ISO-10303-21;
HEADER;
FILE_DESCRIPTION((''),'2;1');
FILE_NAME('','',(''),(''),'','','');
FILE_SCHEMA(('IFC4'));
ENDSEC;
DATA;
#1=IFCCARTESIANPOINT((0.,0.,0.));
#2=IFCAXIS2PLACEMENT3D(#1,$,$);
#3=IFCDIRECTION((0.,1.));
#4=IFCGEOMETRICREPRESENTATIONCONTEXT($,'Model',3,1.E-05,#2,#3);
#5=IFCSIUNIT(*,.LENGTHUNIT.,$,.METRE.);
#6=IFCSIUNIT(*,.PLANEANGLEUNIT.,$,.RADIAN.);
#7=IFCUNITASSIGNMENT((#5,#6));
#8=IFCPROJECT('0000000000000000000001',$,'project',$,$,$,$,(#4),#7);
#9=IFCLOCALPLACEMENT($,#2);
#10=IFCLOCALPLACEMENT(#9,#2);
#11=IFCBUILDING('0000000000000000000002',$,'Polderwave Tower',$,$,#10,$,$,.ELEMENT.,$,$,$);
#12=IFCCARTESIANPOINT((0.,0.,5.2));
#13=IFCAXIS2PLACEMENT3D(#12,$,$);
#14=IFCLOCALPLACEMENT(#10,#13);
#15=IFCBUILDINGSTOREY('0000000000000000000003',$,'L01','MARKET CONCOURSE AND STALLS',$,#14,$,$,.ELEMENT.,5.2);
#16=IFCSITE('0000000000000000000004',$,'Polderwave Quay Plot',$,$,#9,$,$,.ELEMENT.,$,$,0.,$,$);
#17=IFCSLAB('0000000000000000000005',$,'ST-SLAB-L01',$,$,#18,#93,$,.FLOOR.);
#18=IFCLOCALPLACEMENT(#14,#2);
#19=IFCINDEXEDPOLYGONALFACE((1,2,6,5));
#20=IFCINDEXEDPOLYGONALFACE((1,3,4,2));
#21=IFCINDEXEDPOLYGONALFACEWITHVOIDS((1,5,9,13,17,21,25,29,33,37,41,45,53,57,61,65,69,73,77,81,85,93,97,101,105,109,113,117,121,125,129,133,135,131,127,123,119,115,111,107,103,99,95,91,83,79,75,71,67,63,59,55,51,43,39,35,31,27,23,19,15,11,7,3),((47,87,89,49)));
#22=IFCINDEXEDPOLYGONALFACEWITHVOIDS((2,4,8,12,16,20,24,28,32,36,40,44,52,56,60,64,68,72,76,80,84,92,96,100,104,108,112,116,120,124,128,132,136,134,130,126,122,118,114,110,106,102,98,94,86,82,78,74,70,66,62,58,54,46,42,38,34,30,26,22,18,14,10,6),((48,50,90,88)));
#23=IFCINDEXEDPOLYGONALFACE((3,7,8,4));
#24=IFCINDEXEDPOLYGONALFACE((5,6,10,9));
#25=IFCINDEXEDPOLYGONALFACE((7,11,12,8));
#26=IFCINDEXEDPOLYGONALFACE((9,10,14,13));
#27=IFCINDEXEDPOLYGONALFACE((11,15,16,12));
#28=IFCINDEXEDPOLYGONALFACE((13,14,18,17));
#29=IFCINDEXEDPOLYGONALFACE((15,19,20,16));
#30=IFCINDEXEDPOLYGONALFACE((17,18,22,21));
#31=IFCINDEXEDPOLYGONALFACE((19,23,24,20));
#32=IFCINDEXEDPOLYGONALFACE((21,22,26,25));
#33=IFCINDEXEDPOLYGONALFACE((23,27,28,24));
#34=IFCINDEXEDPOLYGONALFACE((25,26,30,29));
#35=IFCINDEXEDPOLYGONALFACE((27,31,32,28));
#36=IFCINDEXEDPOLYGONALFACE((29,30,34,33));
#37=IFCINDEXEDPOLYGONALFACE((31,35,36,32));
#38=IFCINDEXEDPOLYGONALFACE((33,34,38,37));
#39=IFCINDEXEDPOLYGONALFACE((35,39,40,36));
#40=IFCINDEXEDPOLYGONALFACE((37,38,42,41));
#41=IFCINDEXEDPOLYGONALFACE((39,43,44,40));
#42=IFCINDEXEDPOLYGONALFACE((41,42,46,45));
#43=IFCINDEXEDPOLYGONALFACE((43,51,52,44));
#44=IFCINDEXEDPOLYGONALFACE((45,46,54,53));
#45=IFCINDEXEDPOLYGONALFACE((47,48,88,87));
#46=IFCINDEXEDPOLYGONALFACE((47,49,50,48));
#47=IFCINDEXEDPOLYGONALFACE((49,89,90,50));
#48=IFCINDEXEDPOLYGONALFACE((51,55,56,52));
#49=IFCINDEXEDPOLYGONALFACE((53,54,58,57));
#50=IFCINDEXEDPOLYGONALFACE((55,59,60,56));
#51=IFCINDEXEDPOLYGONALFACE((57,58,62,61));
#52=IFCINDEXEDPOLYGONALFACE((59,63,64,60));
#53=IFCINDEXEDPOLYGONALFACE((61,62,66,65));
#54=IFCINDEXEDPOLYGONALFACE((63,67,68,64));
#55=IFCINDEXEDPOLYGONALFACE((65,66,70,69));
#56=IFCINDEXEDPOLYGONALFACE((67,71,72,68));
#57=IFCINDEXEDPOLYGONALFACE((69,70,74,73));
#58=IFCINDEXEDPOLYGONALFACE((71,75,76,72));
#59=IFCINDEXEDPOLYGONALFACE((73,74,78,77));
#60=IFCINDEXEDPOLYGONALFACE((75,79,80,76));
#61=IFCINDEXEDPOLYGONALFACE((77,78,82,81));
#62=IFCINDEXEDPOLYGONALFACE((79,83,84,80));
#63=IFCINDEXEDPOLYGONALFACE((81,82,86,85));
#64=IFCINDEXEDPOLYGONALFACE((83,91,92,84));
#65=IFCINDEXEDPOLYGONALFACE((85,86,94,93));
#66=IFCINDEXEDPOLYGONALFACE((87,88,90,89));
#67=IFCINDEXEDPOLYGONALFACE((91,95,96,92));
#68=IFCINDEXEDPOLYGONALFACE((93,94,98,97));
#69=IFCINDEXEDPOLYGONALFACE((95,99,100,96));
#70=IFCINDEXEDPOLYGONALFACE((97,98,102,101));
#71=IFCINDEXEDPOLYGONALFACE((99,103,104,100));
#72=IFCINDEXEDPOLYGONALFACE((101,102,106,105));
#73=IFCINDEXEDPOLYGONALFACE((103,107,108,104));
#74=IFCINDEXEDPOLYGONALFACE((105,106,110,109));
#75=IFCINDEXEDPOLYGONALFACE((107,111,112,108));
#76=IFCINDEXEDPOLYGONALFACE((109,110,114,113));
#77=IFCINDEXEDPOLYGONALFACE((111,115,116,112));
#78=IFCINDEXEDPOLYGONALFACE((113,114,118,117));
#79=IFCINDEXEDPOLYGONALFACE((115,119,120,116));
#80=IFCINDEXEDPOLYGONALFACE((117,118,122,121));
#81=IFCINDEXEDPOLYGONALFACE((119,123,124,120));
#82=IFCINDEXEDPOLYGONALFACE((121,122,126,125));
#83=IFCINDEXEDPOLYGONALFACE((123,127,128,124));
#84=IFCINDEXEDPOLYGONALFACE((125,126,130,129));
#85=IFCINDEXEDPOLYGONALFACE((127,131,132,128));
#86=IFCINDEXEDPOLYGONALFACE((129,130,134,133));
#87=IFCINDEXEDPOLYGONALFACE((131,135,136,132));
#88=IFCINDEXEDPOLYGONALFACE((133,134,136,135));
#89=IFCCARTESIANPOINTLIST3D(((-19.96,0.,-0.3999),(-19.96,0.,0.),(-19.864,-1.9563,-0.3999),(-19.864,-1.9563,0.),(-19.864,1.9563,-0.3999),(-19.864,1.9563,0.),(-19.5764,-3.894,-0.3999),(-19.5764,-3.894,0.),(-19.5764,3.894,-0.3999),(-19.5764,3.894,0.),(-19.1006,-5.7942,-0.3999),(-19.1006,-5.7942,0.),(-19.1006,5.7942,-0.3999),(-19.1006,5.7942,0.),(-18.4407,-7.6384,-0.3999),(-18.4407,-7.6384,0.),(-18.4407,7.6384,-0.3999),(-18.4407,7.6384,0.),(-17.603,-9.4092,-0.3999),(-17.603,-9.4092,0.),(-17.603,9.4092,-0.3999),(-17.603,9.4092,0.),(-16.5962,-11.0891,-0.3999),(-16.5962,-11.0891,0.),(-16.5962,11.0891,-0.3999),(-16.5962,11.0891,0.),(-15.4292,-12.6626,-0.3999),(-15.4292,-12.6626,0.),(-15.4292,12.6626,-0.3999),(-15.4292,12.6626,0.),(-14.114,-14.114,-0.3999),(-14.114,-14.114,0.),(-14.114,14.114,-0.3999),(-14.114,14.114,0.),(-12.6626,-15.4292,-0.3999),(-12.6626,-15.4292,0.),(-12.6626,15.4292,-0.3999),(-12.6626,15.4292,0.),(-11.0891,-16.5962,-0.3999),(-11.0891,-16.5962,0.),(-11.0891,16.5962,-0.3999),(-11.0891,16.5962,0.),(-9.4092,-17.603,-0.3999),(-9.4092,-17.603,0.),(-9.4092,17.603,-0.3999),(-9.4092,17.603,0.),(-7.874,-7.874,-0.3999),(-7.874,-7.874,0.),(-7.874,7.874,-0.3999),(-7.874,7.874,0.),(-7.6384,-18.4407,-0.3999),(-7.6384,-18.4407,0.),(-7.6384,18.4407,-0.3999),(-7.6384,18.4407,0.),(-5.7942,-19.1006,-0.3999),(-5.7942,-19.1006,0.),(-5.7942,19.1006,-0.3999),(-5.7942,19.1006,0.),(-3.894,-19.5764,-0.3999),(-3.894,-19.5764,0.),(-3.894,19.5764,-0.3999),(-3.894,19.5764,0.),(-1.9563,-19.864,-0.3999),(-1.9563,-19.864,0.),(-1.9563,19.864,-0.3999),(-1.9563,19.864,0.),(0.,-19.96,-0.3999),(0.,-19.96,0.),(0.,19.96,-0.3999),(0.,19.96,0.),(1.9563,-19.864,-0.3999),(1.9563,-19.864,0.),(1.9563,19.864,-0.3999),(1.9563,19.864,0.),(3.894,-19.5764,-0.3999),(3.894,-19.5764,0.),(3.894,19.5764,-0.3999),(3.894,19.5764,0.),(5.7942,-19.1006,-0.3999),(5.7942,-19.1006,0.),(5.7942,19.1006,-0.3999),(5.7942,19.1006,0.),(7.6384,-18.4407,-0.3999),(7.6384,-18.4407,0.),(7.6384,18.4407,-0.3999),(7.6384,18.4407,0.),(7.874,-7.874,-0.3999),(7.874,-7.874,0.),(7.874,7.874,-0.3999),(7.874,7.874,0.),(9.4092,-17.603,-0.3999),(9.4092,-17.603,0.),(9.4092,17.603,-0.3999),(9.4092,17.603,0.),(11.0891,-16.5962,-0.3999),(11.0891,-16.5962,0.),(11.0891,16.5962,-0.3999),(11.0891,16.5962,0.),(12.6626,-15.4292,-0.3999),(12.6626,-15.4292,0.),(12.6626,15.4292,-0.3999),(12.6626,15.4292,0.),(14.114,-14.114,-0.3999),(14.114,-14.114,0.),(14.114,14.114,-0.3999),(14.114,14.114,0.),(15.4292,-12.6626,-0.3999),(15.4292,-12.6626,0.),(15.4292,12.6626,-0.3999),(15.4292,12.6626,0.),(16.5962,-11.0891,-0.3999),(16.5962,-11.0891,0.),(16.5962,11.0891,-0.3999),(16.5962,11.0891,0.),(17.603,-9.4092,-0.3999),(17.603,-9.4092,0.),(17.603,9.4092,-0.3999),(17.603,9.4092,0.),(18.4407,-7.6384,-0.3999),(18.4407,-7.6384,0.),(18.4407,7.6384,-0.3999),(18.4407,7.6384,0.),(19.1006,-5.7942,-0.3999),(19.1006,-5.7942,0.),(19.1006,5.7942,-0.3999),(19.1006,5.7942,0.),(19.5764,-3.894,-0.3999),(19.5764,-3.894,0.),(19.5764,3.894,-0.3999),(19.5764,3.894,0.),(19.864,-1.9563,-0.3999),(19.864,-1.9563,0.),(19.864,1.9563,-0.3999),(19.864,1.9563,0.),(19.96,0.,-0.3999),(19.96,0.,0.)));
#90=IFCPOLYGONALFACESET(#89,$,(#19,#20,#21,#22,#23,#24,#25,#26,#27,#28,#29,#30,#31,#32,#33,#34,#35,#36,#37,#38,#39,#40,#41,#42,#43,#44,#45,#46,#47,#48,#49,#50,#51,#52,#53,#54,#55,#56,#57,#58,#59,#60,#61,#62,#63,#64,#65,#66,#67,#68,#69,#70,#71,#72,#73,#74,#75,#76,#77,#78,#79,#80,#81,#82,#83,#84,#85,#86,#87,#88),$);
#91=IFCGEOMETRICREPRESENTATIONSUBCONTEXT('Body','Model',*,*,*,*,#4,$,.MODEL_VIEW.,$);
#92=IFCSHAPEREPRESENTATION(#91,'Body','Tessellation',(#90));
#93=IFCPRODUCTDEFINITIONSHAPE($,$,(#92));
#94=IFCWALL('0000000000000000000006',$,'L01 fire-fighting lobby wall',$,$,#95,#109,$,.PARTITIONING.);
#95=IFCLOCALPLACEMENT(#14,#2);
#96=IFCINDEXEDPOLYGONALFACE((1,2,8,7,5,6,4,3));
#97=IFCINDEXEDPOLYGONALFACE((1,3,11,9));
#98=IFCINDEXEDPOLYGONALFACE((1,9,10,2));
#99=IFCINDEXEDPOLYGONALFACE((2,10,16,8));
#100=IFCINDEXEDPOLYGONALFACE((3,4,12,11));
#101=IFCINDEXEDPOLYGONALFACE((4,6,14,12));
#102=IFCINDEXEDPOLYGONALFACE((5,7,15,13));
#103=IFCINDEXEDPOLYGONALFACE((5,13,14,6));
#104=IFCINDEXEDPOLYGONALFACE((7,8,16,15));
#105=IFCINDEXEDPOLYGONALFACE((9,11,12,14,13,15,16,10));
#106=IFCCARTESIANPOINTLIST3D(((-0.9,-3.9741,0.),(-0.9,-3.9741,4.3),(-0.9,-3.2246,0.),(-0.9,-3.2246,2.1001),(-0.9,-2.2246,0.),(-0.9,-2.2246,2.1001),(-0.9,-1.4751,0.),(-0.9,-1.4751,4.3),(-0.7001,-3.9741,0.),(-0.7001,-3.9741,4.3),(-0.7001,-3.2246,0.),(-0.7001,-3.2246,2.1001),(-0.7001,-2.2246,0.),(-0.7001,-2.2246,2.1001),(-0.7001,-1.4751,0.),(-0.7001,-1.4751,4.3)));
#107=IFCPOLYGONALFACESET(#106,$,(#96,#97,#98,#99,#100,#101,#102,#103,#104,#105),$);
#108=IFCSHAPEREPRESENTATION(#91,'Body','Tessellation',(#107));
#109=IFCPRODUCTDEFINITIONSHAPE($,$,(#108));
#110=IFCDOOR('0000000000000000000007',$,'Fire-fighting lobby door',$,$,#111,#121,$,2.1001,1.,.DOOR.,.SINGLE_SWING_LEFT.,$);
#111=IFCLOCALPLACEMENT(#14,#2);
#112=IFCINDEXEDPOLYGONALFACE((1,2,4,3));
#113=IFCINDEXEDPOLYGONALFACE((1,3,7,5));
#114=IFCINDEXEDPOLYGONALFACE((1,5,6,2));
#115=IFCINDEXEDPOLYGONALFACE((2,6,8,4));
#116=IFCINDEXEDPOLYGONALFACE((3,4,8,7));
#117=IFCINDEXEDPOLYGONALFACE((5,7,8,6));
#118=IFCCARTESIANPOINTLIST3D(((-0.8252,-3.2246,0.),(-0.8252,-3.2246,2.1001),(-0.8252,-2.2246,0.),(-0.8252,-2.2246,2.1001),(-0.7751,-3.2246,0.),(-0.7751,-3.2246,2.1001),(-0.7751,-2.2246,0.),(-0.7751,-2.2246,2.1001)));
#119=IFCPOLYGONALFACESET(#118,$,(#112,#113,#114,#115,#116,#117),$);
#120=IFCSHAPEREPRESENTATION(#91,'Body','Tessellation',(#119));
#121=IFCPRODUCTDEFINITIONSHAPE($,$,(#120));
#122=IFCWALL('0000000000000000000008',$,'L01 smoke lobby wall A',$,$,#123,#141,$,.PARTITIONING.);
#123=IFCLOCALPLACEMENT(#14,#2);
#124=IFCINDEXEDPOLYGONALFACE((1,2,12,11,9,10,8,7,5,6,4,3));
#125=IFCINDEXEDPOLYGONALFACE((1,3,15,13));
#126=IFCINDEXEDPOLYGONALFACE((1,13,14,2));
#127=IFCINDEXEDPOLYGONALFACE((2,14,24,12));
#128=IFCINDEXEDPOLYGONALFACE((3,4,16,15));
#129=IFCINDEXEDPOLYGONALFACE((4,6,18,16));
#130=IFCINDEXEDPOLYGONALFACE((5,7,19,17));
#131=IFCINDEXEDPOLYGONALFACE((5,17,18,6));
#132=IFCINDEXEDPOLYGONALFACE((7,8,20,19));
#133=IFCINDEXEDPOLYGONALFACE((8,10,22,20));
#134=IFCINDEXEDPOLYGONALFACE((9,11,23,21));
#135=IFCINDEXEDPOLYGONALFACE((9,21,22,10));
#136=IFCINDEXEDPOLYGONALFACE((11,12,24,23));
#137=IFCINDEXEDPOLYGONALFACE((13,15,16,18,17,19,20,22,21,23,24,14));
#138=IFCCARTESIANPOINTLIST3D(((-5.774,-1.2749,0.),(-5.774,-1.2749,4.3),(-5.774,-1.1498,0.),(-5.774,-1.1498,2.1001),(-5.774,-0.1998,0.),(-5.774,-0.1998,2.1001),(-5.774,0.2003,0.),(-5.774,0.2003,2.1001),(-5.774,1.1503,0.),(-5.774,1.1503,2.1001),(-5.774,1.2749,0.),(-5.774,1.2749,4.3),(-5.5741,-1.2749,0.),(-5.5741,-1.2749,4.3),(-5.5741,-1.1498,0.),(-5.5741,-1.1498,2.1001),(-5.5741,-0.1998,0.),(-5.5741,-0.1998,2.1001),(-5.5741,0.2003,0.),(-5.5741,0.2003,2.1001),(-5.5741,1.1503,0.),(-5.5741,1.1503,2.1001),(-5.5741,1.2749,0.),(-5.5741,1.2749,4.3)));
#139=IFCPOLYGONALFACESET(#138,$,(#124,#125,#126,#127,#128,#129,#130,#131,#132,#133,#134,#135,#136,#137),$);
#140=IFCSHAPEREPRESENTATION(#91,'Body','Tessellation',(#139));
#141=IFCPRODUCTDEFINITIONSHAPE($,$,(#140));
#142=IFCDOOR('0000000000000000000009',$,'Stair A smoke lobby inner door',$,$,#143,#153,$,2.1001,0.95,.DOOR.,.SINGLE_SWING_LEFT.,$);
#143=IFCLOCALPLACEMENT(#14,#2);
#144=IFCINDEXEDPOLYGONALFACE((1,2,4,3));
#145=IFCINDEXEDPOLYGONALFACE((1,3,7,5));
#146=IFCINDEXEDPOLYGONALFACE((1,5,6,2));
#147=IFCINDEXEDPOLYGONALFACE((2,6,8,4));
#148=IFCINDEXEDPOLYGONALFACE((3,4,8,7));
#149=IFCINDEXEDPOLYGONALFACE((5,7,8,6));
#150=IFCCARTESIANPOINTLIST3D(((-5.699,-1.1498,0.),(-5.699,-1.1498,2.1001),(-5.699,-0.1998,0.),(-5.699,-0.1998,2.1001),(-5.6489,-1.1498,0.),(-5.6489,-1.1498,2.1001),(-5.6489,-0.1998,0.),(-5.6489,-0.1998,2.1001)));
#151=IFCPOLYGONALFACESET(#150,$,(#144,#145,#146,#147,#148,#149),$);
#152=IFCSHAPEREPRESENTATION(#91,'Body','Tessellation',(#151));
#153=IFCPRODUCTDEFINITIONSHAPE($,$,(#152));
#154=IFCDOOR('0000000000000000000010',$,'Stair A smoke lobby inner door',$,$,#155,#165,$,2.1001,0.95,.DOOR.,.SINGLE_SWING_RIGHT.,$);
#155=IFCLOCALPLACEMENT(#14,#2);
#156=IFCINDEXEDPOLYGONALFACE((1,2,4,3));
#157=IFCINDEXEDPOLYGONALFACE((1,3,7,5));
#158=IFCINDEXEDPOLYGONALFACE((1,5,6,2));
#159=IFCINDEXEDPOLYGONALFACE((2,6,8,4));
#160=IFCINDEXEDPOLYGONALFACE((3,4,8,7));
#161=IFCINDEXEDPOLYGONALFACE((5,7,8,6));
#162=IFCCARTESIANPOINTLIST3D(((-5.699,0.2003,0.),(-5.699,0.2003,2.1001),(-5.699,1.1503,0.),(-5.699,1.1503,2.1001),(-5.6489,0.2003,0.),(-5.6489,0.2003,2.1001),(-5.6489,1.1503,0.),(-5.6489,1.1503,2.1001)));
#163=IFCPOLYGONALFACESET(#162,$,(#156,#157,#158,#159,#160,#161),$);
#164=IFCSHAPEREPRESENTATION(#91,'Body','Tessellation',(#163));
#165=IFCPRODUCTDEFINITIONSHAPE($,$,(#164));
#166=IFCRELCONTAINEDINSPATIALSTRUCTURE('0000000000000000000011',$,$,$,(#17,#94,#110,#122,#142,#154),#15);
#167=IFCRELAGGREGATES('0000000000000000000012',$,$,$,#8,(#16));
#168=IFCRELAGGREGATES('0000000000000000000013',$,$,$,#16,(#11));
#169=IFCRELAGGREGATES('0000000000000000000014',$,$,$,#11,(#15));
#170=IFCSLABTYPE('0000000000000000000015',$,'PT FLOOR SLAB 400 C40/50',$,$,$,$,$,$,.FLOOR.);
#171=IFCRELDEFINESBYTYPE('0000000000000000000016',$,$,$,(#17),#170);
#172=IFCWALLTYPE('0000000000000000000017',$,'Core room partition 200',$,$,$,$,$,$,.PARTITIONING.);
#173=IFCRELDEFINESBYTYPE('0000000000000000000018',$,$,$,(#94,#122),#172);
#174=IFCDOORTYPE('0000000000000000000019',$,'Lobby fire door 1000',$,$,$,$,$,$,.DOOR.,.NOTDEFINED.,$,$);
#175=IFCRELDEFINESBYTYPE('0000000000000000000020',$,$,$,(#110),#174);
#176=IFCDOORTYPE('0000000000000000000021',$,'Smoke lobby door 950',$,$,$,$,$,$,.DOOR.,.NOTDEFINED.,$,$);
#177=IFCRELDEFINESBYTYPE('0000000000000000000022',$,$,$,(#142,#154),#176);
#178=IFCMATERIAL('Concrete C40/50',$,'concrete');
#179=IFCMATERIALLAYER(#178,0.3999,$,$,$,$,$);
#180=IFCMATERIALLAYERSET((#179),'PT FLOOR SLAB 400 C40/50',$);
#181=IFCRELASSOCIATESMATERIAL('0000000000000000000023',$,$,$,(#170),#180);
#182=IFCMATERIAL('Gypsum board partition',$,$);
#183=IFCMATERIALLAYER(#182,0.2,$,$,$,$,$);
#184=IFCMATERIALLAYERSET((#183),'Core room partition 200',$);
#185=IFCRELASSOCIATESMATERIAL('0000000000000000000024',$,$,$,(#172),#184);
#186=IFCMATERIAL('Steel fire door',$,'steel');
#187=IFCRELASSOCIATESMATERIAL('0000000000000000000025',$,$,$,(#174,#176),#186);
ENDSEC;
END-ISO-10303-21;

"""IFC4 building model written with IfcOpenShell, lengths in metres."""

from ifc_helpers import new_model, si_unit, direction, frame, frame_2d, origin, place, context, subcontext, project, spatial, polyline, rectangle, outline, extrude, material, layer, layer_set, type_object, element, fill, save


model = new_model("IFC4")

# Units and contexts
model_context = context("Model", 3, precision=1e-05, world=origin(), true_north=direction((0.0, 1.0)))
body_context = subcontext(model_context, "Body", "Model", "MODEL_VIEW")
ifc_project = project(units=[si_unit("LENGTHUNIT", "METRE"), si_unit("PLANEANGLEUNIT", "RADIAN")], contexts=[model_context])

# Site, building, storey
site_placement = place(None, origin())
site = spatial("IfcSite", under=ifc_project, at=site_placement, Name="Polderwave Quay Plot", CompositionType="ELEMENT", RefElevation=0.0)
building_placement = place(site_placement, origin())
building = spatial("IfcBuilding", under=site, at=building_placement, Name="Polderwave Tower", CompositionType="ELEMENT")
storey_placement = place(building_placement, frame((0.0, 0.0, 5.2)))
storey = spatial("IfcBuildingStorey", under=building, at=storey_placement, Name="L01", Description="MARKET CONCOURSE AND STALLS", CompositionType="ELEMENT", Elevation=5.2)

# Slab
ifc_material_1 = material(Name="Concrete C40/50", Category="concrete")
ifc_layer_1 = layer(ifc_material_1, 0.3999)
ifc_layer_set_1 = layer_set([ifc_layer_1], Name="PT FLOOR SLAB 400 C40/50")
slab_type = type_object("IfcSlabType", Name="PT FLOOR SLAB 400 C40/50", PredefinedType="FLOOR", material=ifc_layer_set_1)
slab_placement = place(storey_placement, frame((0.0, 0.0, -0.3999)))
element("IfcSlab", 1, at=slab_placement, inside=storey, type_object=slab_type, Name="ST-SLAB-L01", PredefinedType="FLOOR", context=body_context, shape_type="SweptSolid", body=[
    extrude(outline(polyline([(19.96, 0.0), (19.864, 1.9563), (19.5764, 3.894), (19.1006, 5.7942), (18.4407, 7.6384), (17.603, 9.4092), (16.5962, 11.0891), (15.4292, 12.6626), (14.114, 14.114), (12.6626, 15.4292), (11.0891, 16.5962), (9.4092, 17.603), (7.6384, 18.4407), (5.7942, 19.1006), (3.894, 19.5764), (1.9563, 19.864), (0.0, 19.96), (-1.9563, 19.864), (-3.894, 19.5764), (-5.7942, 19.1006), (-7.6384, 18.4407), (-9.4092, 17.603), (-11.0891, 16.5962), (-12.6626, 15.4292), (-14.114, 14.114), (-15.4292, 12.6626), (-16.5962, 11.0891), (-17.603, 9.4092), (-18.4407, 7.6384), (-19.1006, 5.7942), (-19.5764, 3.894), (-19.864, 1.9563), (-19.96, 0.0), (-19.864, -1.9563), (-19.5764, -3.894), (-19.1006, -5.7942), (-18.4407, -7.6384), (-17.603, -9.4092), (-16.5962, -11.0891), (-15.4292, -12.6626), (-14.114, -14.114), (-12.6626, -15.4292), (-11.0891, -16.5962), (-9.4092, -17.603), (-7.6384, -18.4407), (-5.7942, -19.1006), (-3.894, -19.5764), (-1.9563, -19.864), (0.0, -19.96), (1.9563, -19.864), (3.894, -19.5764), (5.7942, -19.1006), (7.6384, -18.4407), (9.4092, -17.603), (11.0891, -16.5962), (12.6626, -15.4292), (14.114, -14.114), (15.4292, -12.6626), (16.5962, -11.0891), (17.603, -9.4092), (18.4407, -7.6384), (19.1006, -5.7942), (19.5764, -3.894), (19.864, -1.9563), (19.96, 0.0)]), holes=[polyline([(-7.874, -7.874), (7.874, -7.874), (7.874, 7.874), (-7.874, 7.874), (-7.874, -7.874)])]), origin(), (0.0, 0.0, 1.0), 0.3999),
])

# Wall, opening, door
ifc_material_2 = material(Name="Gypsum board partition")
ifc_layer_2 = layer(ifc_material_2, 0.2)
ifc_layer_set_2 = layer_set([ifc_layer_2], Name="Core room partition 200")
wall_type_1 = type_object("IfcWallType", Name="Core room partition 200", PredefinedType="PARTITIONING", material=ifc_layer_set_2)
wall_1_placement = place(storey_placement, frame((-0.8, -3.9741, 0.0), z_axis=(0.0, 0.0, 1.0), x_axis=(0.0, 1.0, 0.0)))
wall_1 = element("IfcWall", 2, at=wall_1_placement, inside=storey, type_object=wall_type_1, Name="L01 fire-fighting lobby wall", PredefinedType="PARTITIONING", context=body_context, shape_type="SweptSolid", body=[
    extrude(rectangle(XDim=2.499, YDim=0.2, at=frame_2d((1.2495, 0.0))), origin(), (0.0, 0.0, 1.0), 4.3),
])
opening_1_placement = place(wall_1_placement, frame((0.7495, 0.0, 0.0)))
opening_1 = element("IfcOpeningElement", 3, at=opening_1_placement, cuts=wall_1, PredefinedType="OPENING", context=body_context, shape_type="SweptSolid", body=[
    extrude(rectangle(XDim=1.0, YDim=2.1001, at=frame_2d((0.5, 1.05))), frame((0.0, 0.1099, 0.0), z_axis=(0.0, -1.0, 0.0), x_axis=(1.0, 0.0, 0.0)), (0.0, 0.0, 1.0), 0.22),
])
ifc_material_3 = material(Name="Steel fire door", Category="steel")
door_type_1 = type_object("IfcDoorType", Name="Lobby fire door 1000", OperationType="NOTDEFINED", PredefinedType="DOOR", material=ifc_material_3)
door_1_placement = place(opening_1_placement, frame((1.0, 0.0, 0.0), z_axis=(0.0, 0.0, 1.0), x_axis=(-1.0, 0.0, 0.0)))
door_1 = element("IfcDoor", 4, at=door_1_placement, inside=storey, type_object=door_type_1, Name="Fire-fighting lobby door", OperationType="SINGLE_SWING_LEFT", OverallHeight=2.1001, OverallWidth=1.0, PredefinedType="DOOR", context=body_context, shape_type="SweptSolid", body=[
    extrude(rectangle(XDim=1.0, YDim=2.1001, at=frame_2d((0.5, 1.05))), frame((0.0, 0.0249, 0.0), z_axis=(0.0, -1.0, 0.0), x_axis=(1.0, 0.0, 0.0)), (0.0, 0.0, 1.0), 0.05),
])
fill(opening_1, door_1)

# Wall, openings, doors
wall_2_placement = place(storey_placement, frame((-5.6741, -1.2749, 0.0), z_axis=(0.0, 0.0, 1.0), x_axis=(0.0, 1.0, 0.0)))
wall_2 = element("IfcWall", 5, at=wall_2_placement, inside=storey, type_object=wall_type_1, Name="L01 smoke lobby wall A", PredefinedType="PARTITIONING", context=body_context, shape_type="SweptSolid", body=[
    extrude(rectangle(XDim=2.5498, YDim=0.2, at=frame_2d((1.2749, 0.0))), origin(), (0.0, 0.0, 1.0), 4.3),
])
opening_2_placement = place(wall_2_placement, frame((0.125, 0.0, 0.0)))
opening_2 = element("IfcOpeningElement", 6, at=opening_2_placement, cuts=wall_2, PredefinedType="OPENING", context=body_context, shape_type="SweptSolid", body=[
    extrude(rectangle(XDim=0.95, YDim=2.1001, at=frame_2d((0.4751, 1.05))), frame((0.0, 0.1099, 0.0), z_axis=(0.0, -1.0, 0.0), x_axis=(1.0, 0.0, 0.0)), (0.0, 0.0, 1.0), 0.22),
])
opening_3_placement = place(wall_2_placement, frame((1.4751, 0.0, 0.0)))
opening_3 = element("IfcOpeningElement", 7, at=opening_3_placement, cuts=wall_2, PredefinedType="OPENING", context=body_context, shape_type="SweptSolid", body=[
    extrude(rectangle(XDim=0.95, YDim=2.1001, at=frame_2d((0.4751, 1.05))), frame((0.0, 0.1099, 0.0), z_axis=(0.0, -1.0, 0.0), x_axis=(1.0, 0.0, 0.0)), (0.0, 0.0, 1.0), 0.22),
])
door_type_2 = type_object("IfcDoorType", Name="Smoke lobby door 950", OperationType="NOTDEFINED", PredefinedType="DOOR", material=ifc_material_3)
door_2_placement = place(opening_2_placement, origin())
door_2 = element("IfcDoor", 8, at=door_2_placement, inside=storey, type_object=door_type_2, Name="Stair A smoke lobby inner door", OperationType="SINGLE_SWING_LEFT", OverallHeight=2.1001, OverallWidth=0.95, PredefinedType="DOOR", context=body_context, shape_type="SweptSolid", body=[
    extrude(rectangle(XDim=0.95, YDim=2.1001, at=frame_2d((0.4751, 1.05))), frame((0.0, 0.0249, 0.0), z_axis=(0.0, -1.0, 0.0), x_axis=(1.0, 0.0, 0.0)), (0.0, 0.0, 1.0), 0.05),
])
fill(opening_2, door_2)
door_3_placement = place(opening_3_placement, origin())
door_3 = element("IfcDoor", 9, at=door_3_placement, inside=storey, type_object=door_type_2, Name="Stair A smoke lobby inner door", OperationType="SINGLE_SWING_RIGHT", OverallHeight=2.1001, OverallWidth=0.95, PredefinedType="DOOR", context=body_context, shape_type="SweptSolid", body=[
    extrude(rectangle(XDim=0.95, YDim=2.1001, at=frame_2d((0.4751, 1.05))), frame((0.0, 0.0249, 0.0), z_axis=(0.0, -1.0, 0.0), x_axis=(1.0, 0.0, 0.0)), (0.0, 0.0, 1.0), 0.05),
])
fill(opening_3, door_3)

save(model, "model.ifc")
